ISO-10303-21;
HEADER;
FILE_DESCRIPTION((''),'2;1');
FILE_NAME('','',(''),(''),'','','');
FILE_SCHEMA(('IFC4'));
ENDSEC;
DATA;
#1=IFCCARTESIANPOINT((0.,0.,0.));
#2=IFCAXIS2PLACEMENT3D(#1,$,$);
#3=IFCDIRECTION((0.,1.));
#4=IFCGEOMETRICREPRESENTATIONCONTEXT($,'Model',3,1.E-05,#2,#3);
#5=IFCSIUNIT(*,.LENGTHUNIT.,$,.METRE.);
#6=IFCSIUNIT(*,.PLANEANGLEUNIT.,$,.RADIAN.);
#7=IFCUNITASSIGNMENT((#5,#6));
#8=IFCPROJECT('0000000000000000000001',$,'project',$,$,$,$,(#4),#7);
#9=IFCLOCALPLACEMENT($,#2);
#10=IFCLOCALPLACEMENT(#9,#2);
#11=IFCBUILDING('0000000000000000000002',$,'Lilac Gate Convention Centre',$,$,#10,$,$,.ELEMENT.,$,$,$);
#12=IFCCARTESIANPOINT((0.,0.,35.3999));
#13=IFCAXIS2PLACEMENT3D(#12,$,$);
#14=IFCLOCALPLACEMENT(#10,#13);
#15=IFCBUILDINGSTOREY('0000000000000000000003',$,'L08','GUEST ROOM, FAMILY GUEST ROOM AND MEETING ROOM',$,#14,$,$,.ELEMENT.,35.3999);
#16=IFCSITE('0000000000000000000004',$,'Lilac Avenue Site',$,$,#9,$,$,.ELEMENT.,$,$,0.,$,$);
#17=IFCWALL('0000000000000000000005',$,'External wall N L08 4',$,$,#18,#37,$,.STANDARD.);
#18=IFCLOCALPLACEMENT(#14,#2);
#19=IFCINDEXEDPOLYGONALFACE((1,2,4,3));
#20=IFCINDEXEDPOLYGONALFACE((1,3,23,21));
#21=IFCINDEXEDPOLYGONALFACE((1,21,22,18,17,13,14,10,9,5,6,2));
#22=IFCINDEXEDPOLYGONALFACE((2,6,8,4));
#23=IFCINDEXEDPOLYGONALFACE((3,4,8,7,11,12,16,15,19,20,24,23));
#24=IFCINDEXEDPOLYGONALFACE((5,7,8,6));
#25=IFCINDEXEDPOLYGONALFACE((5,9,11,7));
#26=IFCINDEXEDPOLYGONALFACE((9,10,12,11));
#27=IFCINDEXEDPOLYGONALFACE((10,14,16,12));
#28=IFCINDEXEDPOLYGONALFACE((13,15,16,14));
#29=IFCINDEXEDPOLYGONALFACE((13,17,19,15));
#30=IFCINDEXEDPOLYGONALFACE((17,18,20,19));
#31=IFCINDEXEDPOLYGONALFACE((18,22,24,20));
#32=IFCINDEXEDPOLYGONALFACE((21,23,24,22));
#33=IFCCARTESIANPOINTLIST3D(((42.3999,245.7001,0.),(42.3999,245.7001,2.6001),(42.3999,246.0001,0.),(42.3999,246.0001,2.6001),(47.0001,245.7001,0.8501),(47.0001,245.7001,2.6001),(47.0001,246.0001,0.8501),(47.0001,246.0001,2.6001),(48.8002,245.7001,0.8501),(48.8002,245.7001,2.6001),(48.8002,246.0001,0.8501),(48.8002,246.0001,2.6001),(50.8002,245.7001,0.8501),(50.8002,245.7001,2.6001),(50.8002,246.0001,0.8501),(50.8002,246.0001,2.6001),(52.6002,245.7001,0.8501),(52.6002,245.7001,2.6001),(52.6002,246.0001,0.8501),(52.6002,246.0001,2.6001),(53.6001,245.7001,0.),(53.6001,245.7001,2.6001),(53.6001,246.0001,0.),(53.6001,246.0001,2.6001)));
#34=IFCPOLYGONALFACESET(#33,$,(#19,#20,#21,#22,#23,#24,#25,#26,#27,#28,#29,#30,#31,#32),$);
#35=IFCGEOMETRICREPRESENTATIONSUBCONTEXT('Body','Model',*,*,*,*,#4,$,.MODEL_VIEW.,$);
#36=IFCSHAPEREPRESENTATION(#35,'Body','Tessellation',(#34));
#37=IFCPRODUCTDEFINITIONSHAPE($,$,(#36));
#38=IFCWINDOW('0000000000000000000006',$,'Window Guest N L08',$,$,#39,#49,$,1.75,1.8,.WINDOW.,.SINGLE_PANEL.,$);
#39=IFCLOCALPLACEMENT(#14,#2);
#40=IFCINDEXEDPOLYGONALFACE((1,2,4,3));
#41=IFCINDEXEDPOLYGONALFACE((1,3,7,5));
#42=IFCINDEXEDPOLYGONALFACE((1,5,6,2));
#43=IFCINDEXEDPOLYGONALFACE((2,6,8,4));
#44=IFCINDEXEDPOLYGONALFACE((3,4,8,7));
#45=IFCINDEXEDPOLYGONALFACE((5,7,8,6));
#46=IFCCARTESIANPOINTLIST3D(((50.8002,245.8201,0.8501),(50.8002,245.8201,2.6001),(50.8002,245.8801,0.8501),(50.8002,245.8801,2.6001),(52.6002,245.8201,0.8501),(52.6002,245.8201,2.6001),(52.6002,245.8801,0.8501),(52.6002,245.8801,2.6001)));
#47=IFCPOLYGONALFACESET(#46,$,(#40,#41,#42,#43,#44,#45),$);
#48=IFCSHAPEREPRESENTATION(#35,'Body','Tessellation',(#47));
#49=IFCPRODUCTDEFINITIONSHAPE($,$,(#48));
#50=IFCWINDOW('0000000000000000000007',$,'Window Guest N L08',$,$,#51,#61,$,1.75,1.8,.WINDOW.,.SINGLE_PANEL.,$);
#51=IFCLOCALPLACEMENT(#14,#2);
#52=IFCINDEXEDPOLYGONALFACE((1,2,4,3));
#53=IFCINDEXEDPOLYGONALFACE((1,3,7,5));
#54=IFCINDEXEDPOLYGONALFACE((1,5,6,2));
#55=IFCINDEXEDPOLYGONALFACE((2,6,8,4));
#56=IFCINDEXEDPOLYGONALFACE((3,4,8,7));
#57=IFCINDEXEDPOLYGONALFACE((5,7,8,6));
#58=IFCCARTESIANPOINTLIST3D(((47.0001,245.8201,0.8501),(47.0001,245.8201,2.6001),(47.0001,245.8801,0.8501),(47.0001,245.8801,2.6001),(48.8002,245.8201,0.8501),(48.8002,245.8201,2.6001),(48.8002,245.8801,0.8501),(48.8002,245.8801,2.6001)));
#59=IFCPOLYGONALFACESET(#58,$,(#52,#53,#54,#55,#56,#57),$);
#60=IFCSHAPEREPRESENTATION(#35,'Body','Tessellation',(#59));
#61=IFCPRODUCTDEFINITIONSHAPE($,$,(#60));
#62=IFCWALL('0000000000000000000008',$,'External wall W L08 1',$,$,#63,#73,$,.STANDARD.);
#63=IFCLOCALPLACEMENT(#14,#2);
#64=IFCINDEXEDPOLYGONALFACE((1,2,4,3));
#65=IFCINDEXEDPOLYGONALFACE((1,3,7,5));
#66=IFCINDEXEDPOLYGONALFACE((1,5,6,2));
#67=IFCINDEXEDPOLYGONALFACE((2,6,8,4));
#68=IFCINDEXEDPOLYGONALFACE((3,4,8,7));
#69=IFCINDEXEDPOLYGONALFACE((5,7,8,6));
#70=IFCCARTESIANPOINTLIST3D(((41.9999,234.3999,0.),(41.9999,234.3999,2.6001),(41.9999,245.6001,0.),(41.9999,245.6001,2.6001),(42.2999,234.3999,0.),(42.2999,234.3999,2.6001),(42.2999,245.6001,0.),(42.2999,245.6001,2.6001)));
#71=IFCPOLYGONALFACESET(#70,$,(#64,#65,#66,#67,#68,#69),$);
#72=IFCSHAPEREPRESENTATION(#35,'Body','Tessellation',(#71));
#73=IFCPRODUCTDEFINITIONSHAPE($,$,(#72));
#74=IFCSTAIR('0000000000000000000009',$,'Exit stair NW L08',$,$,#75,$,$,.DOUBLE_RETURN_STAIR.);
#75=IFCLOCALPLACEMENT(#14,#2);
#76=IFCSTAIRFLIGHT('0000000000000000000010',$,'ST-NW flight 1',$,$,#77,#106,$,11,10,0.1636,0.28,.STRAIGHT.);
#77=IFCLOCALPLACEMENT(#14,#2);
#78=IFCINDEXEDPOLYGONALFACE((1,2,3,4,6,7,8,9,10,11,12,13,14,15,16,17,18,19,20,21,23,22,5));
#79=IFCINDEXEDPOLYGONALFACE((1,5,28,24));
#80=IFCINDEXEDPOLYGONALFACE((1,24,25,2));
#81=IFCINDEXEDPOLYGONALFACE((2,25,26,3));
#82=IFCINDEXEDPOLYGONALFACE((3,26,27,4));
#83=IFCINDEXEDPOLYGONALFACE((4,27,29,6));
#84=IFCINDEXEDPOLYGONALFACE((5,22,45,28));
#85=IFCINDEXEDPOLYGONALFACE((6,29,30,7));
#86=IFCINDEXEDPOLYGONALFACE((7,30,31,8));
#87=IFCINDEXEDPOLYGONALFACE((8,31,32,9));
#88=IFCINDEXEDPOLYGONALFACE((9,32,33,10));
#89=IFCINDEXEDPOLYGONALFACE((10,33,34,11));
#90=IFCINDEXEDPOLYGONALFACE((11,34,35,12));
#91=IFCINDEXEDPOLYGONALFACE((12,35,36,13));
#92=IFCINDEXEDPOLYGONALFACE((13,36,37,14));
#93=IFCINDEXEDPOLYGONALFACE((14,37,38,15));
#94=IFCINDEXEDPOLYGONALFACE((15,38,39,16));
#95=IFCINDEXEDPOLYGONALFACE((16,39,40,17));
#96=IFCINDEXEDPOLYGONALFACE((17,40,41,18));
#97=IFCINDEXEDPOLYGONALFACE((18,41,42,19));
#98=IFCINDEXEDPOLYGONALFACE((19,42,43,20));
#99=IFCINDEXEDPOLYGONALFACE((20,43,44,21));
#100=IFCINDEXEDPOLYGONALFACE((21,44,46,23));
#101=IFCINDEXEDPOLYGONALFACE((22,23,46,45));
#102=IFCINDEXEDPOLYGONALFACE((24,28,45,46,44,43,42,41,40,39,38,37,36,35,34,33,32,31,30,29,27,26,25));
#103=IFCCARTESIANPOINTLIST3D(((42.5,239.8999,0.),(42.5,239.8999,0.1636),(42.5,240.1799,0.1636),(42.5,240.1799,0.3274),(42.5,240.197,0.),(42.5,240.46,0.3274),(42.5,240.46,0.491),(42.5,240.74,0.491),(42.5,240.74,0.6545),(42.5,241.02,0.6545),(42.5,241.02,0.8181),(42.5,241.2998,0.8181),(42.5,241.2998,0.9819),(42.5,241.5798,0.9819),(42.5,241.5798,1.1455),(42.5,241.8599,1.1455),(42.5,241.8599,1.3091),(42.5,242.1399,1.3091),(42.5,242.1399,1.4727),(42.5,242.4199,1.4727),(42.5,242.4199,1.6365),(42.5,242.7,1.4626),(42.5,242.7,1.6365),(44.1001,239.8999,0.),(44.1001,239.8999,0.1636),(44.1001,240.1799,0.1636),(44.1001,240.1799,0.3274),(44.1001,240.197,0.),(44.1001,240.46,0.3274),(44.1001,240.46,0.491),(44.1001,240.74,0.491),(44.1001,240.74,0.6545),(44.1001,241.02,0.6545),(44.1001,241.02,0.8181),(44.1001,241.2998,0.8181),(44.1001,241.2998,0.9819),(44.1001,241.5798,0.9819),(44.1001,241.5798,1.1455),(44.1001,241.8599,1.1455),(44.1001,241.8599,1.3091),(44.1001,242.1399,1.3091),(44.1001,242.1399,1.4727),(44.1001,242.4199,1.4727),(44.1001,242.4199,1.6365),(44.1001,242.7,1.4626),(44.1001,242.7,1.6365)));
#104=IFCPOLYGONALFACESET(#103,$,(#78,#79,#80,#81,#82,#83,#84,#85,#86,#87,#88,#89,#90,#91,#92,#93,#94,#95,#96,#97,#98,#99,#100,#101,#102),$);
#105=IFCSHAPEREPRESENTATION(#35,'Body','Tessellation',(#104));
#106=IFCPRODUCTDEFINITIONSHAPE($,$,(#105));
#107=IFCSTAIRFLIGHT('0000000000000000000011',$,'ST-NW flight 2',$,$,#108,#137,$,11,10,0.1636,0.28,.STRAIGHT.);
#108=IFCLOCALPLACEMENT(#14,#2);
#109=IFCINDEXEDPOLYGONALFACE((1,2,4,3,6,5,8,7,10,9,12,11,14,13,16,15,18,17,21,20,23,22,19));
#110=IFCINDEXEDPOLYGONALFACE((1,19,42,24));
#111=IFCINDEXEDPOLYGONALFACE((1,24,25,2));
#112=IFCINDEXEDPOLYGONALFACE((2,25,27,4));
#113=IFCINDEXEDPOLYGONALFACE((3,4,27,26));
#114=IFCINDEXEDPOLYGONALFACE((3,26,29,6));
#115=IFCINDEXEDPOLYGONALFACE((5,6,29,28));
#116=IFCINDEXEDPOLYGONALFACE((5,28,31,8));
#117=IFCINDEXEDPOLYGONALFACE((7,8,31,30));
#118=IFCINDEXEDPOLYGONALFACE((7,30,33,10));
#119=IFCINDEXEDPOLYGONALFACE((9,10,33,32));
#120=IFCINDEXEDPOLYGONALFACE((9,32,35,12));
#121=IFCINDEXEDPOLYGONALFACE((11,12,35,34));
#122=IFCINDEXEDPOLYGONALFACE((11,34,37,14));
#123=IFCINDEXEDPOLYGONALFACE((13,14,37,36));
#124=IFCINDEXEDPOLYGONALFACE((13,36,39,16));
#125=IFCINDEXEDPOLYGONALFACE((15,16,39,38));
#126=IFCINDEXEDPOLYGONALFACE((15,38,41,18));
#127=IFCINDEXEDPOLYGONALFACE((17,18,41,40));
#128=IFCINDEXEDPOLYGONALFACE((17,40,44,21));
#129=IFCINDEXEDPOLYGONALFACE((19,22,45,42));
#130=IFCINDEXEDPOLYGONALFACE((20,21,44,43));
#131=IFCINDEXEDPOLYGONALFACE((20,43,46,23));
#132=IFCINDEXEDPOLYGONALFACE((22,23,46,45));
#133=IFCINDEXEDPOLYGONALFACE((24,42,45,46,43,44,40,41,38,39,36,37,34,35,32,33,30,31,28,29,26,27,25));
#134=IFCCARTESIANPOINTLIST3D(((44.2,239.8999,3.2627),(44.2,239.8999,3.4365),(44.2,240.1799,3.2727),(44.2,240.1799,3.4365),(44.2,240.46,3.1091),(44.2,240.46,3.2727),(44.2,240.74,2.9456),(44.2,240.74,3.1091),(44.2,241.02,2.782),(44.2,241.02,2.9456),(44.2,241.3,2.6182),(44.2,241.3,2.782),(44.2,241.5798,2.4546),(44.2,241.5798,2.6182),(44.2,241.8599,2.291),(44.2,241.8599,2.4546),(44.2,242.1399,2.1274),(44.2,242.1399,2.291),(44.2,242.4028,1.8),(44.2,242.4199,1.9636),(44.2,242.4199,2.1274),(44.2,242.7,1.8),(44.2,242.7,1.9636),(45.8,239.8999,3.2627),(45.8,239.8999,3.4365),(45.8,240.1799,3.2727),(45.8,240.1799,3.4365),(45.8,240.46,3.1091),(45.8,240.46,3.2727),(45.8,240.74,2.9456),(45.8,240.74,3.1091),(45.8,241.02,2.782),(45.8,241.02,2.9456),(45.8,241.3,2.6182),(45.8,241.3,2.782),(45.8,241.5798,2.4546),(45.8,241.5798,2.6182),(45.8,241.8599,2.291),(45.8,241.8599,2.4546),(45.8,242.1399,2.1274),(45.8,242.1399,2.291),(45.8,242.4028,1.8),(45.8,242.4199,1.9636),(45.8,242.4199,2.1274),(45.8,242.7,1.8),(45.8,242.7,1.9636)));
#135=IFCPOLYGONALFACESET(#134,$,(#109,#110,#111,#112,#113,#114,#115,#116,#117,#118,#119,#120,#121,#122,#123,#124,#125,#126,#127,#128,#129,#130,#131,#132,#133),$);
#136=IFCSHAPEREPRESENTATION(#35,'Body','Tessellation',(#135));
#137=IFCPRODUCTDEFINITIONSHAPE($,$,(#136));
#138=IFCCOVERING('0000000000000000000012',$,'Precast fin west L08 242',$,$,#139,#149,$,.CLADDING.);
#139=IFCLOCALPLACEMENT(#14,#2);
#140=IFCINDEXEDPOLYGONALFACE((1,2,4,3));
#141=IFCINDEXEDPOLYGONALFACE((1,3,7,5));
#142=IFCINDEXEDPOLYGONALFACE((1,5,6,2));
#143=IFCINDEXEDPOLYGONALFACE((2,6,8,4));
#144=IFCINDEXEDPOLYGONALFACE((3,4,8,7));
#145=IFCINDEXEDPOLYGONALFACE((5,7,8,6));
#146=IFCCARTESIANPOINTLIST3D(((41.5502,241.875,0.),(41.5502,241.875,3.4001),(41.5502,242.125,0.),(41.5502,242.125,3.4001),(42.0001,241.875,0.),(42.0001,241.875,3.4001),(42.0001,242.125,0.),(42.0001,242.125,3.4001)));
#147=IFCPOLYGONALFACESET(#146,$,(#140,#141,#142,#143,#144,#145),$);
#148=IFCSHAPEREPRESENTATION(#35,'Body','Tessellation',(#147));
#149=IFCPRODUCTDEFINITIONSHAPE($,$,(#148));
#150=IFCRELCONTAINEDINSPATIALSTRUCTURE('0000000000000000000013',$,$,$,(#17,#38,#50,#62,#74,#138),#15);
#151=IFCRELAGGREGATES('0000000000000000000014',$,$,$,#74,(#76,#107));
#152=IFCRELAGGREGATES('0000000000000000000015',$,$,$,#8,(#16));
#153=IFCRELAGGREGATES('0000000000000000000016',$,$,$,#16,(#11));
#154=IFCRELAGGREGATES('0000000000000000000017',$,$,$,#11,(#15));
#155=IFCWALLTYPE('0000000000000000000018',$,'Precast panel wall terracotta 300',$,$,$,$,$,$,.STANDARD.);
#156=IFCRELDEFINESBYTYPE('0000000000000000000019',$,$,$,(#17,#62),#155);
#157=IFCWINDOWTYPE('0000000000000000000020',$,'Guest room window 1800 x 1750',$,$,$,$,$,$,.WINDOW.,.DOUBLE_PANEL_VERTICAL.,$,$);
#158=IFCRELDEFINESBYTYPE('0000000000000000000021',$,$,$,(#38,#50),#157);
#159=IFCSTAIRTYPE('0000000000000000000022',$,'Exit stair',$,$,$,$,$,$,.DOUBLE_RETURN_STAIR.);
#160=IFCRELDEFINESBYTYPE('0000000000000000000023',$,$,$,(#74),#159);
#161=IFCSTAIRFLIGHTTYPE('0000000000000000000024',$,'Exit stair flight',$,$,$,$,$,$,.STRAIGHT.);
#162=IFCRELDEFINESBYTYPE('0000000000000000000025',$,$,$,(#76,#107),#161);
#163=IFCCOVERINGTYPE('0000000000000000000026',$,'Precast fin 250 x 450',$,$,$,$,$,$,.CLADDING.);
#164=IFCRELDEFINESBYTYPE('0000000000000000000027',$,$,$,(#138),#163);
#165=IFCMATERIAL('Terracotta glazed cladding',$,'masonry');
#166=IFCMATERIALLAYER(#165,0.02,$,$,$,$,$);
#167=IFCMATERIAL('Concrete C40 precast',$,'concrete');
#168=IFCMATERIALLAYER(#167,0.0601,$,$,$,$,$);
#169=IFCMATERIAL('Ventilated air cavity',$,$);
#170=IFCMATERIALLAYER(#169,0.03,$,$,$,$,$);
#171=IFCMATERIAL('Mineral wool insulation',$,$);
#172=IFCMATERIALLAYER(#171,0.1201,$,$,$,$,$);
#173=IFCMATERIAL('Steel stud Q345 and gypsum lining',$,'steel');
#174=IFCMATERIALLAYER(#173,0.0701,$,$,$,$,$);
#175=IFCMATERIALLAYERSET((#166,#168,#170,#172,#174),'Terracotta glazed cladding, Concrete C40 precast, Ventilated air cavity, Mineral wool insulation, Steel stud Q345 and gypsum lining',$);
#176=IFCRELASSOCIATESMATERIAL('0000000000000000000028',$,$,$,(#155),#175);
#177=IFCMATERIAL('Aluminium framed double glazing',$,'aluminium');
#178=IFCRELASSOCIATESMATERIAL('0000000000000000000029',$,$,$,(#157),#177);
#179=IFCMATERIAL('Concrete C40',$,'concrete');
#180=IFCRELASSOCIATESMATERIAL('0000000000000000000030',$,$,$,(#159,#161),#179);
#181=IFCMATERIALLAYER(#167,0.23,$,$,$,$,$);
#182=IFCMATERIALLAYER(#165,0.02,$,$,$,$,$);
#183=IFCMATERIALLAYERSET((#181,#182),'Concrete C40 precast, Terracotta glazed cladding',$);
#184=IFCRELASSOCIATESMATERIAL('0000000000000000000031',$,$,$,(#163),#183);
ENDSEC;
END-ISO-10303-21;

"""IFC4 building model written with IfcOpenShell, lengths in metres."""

from ifc_helpers import new_model, si_unit, direction, frame, frame_2d, origin, place, context, subcontext, project, spatial, polyline, rectangle, outline, extrude, material, layer, layer_set, type_object, element, fill, aggregate, save


model = new_model("IFC4")

# Units and contexts
model_context = context("Model", 3, precision=1e-05, world=origin(), true_north=direction((0.0, 1.0)))
body_context = subcontext(model_context, "Body", "Model", "MODEL_VIEW")
ifc_project = project(units=[si_unit("LENGTHUNIT", "METRE"), si_unit("PLANEANGLEUNIT", "RADIAN")], contexts=[model_context])

# Site, building, storey
site_placement = place(None, origin())
site = spatial("IfcSite", under=ifc_project, at=site_placement, Name="Lilac Avenue Site", CompositionType="ELEMENT", RefElevation=0.0)
building_placement = place(site_placement, origin())
building = spatial("IfcBuilding", under=site, at=building_placement, Name="Lilac Gate Convention Centre", CompositionType="ELEMENT")
storey_placement = place(building_placement, frame((0.0, 0.0, 35.3999)))
storey = spatial("IfcBuildingStorey", under=building, at=storey_placement, Name="L08", Description="GUEST ROOM, FAMILY GUEST ROOM AND MEETING ROOM", CompositionType="ELEMENT", Elevation=35.3999)

# Shared definitions
ifc_material_1 = material(Name="Concrete C40", Category="concrete")

# Shared definitions
ifc_material_2 = material(Name="Concrete C40 precast", Category="concrete")
ifc_material_3 = material(Name="Terracotta glazed cladding", Category="masonry")

# Wall, openings, windows
ifc_layer_1 = layer(ifc_material_3, 0.02)
ifc_layer_2 = layer(ifc_material_2, 0.0601)
ifc_material_4 = material(Name="Ventilated air cavity")
ifc_layer_3 = layer(ifc_material_4, 0.03)
ifc_material_5 = material(Name="Mineral wool insulation")
ifc_layer_4 = layer(ifc_material_5, 0.1201)
ifc_material_6 = material(Name="Steel stud Q345 and gypsum lining", Category="steel")
ifc_layer_5 = layer(ifc_material_6, 0.0701)
ifc_layer_set_1 = layer_set([ifc_layer_1, ifc_layer_2, ifc_layer_3, ifc_layer_4, ifc_layer_5], Name="Terracotta glazed cladding, Concrete C40 precast, Ventilated air cavity, Mineral wool insulation, Steel stud Q345 and gypsum lining")
wall_type_1 = type_object("IfcWallType", Name="Precast panel wall terracotta 300", PredefinedType="STANDARD", material=ifc_layer_set_1)
wall_1_placement = place(storey_placement, frame((53.6001, 245.8501, 0.0), z_axis=(0.0, 0.0, 1.0), x_axis=(-1.0, 0.0, 0.0)))
wall_1 = element("IfcWall", 1, at=wall_1_placement, inside=storey, type_object=wall_type_1, Name="External wall N L08 4", PredefinedType="STANDARD", context=body_context, shape_type="SweptSolid", body=[
    extrude(rectangle(XDim=11.2002, YDim=0.3, at=frame_2d((5.6001, 0.0))), origin(), (0.0, 0.0, 1.0), 2.6001),
])
opening_1_placement = place(wall_1_placement, frame((1.0, 0.0, 0.8501)))
opening_1 = element("IfcOpeningElement", 2, at=opening_1_placement, cuts=wall_1, PredefinedType="OPENING", context=body_context, shape_type="SweptSolid", body=[
    extrude(rectangle(XDim=1.8, YDim=1.75, at=frame_2d((0.8999, 0.875))), frame((0.0, 0.1599, 0.0), z_axis=(0.0, -1.0, 0.0), x_axis=(1.0, 0.0, 0.0)), (0.0, 0.0, 1.0), 0.3201),
])
opening_2_placement = place(wall_1_placement, frame((4.8, 0.0, 0.8501)))
opening_2 = element("IfcOpeningElement", 3, at=opening_2_placement, cuts=wall_1, PredefinedType="OPENING", context=body_context, shape_type="SweptSolid", body=[
    extrude(rectangle(XDim=1.8, YDim=1.75, at=frame_2d((0.8999, 0.875))), frame((0.0, 0.1599, 0.0), z_axis=(0.0, -1.0, 0.0), x_axis=(1.0, 0.0, 0.0)), (0.0, 0.0, 1.0), 0.3201),
])
ifc_material_7 = material(Name="Aluminium framed double glazing", Category="aluminium")
window_type = type_object("IfcWindowType", Name="Guest room window 1800 x 1750", PartitioningType="DOUBLE_PANEL_VERTICAL", PredefinedType="WINDOW", material=ifc_material_7)
window_1_placement = place(opening_1_placement, origin())
window_1 = element("IfcWindow", 4, at=window_1_placement, inside=storey, type_object=window_type, Name="Window Guest N L08", OverallHeight=1.75, OverallWidth=1.8, PartitioningType="SINGLE_PANEL", PredefinedType="WINDOW", context=body_context, shape_type="SweptSolid", body=[
    extrude(rectangle(XDim=1.8, YDim=1.75, at=frame_2d((0.8999, 0.875))), frame((0.0, 0.03, 0.0), z_axis=(0.0, -1.0, 0.0), x_axis=(1.0, 0.0, 0.0)), (0.0, 0.0, 1.0), 0.0601),
])
fill(opening_1, window_1)
window_2_placement = place(opening_2_placement, origin())
window_2 = element("IfcWindow", 5, at=window_2_placement, inside=storey, type_object=window_type, Name="Window Guest N L08", OverallHeight=1.75, OverallWidth=1.8, PartitioningType="SINGLE_PANEL", PredefinedType="WINDOW", context=body_context, shape_type="SweptSolid", body=[
    extrude(rectangle(XDim=1.8, YDim=1.75, at=frame_2d((0.8999, 0.875))), frame((0.0, 0.03, 0.0), z_axis=(0.0, -1.0, 0.0), x_axis=(1.0, 0.0, 0.0)), (0.0, 0.0, 1.0), 0.0601),
])
fill(opening_2, window_2)

# Wall
wall_2_placement = place(storey_placement, frame((42.1499, 245.6001, 0.0), z_axis=(0.0, 0.0, 1.0), x_axis=(0.0, -1.0, 0.0)))
element("IfcWall", 6, at=wall_2_placement, inside=storey, type_object=wall_type_1, Name="External wall W L08 1", PredefinedType="STANDARD", context=body_context, shape_type="SweptSolid", body=[
    extrude(rectangle(XDim=11.2002, YDim=0.3, at=frame_2d((5.6001, 0.0))), origin(), (0.0, 0.0, 1.0), 2.6001),
])

# Stair, stair flights
stair_type = type_object("IfcStairType", Name="Exit stair", PredefinedType="DOUBLE_RETURN_STAIR", material=ifc_material_1)
stair_placement = place(storey_placement, origin())
stair = element("IfcStair", 7, at=stair_placement, inside=storey, type_object=stair_type, Name="Exit stair NW L08", PredefinedType="DOUBLE_RETURN_STAIR")
stair_flight_type = type_object("IfcStairFlightType", Name="Exit stair flight", PredefinedType="STRAIGHT", material=ifc_material_1)
stair_flight_1_placement = place(storey_placement, frame((43.3, 239.8999, 0.0), z_axis=(0.0, 0.0, 1.0), x_axis=(0.0, 1.0, 0.0)))
stair_flight_1 = element("IfcStairFlight", 8, at=stair_flight_1_placement, type_object=stair_flight_type, Name="ST-NW flight 1", NumberOfRisers=11, NumberOfTreads=10, PredefinedType="STRAIGHT", RiserHeight=0.1636, TreadLength=0.28, context=body_context, shape_type="SweptSolid", body=[
    extrude(outline(polyline([(0.0, 0.0), (0.0, 0.1636), (0.28, 0.1636), (0.28, 0.3274), (0.5601, 0.3274), (0.5601, 0.491), (0.8401, 0.491), (0.8401, 0.6545), (1.1201, 0.6545), (1.1201, 0.8181), (1.3999, 0.8181), (1.3999, 0.9819), (1.6799, 0.9819), (1.6799, 1.1455), (1.96, 1.1455), (1.96, 1.3091), (2.24, 1.3091), (2.24, 1.4727), (2.52, 1.4727), (2.52, 1.6365), (2.8, 1.6365), (2.8, 1.8), (2.8, 1.4626), (0.2971, 0.0), (0.0, 0.0)])), frame((0.0, 0.8, 0.0), z_axis=(0.0, -1.0, 0.0), x_axis=(1.0, 0.0, 0.0)), (0.0, 0.0, 1.0), 1.6001),
])
stair_flight_2_placement = place(storey_placement, frame((45.0, 242.7, 1.8), z_axis=(0.0, 0.0, 1.0), x_axis=(0.0, -1.0, 0.0)))
stair_flight_2 = element("IfcStairFlight", 9, at=stair_flight_2_placement, type_object=stair_flight_type, Name="ST-NW flight 2", NumberOfRisers=11, NumberOfTreads=10, PredefinedType="STRAIGHT", RiserHeight=0.1636, TreadLength=0.28, context=body_context, shape_type="SweptSolid", body=[
    extrude(outline(polyline([(0.0, 0.0), (0.0, 0.1636), (0.28, 0.1636), (0.28, 0.3274), (0.5601, 0.3274), (0.5601, 0.491), (0.8401, 0.491), (0.8401, 0.6545), (1.1201, 0.6545), (1.1201, 0.8181), (1.3999, 0.8181), (1.3999, 0.9819), (1.6799, 0.9819), (1.6799, 1.1455), (1.96, 1.1455), (1.96, 1.3091), (2.24, 1.3091), (2.24, 1.4727), (2.52, 1.4727), (2.52, 1.6365), (2.8, 1.6365), (2.8, 1.8), (2.8, 1.4626), (0.2971, 0.0), (0.0, 0.0)])), frame((0.0, 0.8, 0.0), z_axis=(0.0, -1.0, 0.0), x_axis=(1.0, 0.0, 0.0)), (0.0, 0.0, 1.0), 1.6001),
])
aggregate(stair, [stair_flight_1, stair_flight_2])

# Covering
ifc_layer_6 = layer(ifc_material_2, 0.23)
ifc_layer_7 = layer(ifc_material_3, 0.02)
ifc_layer_set_2 = layer_set([ifc_layer_6, ifc_layer_7], Name="Concrete C40 precast, Terracotta glazed cladding")
covering_type = type_object("IfcCoveringType", Name="Precast fin 250 x 450", PredefinedType="CLADDING", material=ifc_layer_set_2)
covering_placement = place(storey_placement, frame((41.55, 242.0, 0.0), z_axis=(0.0, 0.0, 1.0), x_axis=(1.0, 0.0, 0.0)))
element("IfcCovering", 10, at=covering_placement, inside=storey, type_object=covering_type, Name="Precast fin west L08 242", PredefinedType="CLADDING", context=body_context, shape_type="SweptSolid", body=[
    extrude(rectangle(XDim=0.45, YDim=0.25, at=frame_2d((0.2251, 0.0))), origin(), (0.0, 0.0, 1.0), 3.4001),
])

save(model, "model.ifc")
